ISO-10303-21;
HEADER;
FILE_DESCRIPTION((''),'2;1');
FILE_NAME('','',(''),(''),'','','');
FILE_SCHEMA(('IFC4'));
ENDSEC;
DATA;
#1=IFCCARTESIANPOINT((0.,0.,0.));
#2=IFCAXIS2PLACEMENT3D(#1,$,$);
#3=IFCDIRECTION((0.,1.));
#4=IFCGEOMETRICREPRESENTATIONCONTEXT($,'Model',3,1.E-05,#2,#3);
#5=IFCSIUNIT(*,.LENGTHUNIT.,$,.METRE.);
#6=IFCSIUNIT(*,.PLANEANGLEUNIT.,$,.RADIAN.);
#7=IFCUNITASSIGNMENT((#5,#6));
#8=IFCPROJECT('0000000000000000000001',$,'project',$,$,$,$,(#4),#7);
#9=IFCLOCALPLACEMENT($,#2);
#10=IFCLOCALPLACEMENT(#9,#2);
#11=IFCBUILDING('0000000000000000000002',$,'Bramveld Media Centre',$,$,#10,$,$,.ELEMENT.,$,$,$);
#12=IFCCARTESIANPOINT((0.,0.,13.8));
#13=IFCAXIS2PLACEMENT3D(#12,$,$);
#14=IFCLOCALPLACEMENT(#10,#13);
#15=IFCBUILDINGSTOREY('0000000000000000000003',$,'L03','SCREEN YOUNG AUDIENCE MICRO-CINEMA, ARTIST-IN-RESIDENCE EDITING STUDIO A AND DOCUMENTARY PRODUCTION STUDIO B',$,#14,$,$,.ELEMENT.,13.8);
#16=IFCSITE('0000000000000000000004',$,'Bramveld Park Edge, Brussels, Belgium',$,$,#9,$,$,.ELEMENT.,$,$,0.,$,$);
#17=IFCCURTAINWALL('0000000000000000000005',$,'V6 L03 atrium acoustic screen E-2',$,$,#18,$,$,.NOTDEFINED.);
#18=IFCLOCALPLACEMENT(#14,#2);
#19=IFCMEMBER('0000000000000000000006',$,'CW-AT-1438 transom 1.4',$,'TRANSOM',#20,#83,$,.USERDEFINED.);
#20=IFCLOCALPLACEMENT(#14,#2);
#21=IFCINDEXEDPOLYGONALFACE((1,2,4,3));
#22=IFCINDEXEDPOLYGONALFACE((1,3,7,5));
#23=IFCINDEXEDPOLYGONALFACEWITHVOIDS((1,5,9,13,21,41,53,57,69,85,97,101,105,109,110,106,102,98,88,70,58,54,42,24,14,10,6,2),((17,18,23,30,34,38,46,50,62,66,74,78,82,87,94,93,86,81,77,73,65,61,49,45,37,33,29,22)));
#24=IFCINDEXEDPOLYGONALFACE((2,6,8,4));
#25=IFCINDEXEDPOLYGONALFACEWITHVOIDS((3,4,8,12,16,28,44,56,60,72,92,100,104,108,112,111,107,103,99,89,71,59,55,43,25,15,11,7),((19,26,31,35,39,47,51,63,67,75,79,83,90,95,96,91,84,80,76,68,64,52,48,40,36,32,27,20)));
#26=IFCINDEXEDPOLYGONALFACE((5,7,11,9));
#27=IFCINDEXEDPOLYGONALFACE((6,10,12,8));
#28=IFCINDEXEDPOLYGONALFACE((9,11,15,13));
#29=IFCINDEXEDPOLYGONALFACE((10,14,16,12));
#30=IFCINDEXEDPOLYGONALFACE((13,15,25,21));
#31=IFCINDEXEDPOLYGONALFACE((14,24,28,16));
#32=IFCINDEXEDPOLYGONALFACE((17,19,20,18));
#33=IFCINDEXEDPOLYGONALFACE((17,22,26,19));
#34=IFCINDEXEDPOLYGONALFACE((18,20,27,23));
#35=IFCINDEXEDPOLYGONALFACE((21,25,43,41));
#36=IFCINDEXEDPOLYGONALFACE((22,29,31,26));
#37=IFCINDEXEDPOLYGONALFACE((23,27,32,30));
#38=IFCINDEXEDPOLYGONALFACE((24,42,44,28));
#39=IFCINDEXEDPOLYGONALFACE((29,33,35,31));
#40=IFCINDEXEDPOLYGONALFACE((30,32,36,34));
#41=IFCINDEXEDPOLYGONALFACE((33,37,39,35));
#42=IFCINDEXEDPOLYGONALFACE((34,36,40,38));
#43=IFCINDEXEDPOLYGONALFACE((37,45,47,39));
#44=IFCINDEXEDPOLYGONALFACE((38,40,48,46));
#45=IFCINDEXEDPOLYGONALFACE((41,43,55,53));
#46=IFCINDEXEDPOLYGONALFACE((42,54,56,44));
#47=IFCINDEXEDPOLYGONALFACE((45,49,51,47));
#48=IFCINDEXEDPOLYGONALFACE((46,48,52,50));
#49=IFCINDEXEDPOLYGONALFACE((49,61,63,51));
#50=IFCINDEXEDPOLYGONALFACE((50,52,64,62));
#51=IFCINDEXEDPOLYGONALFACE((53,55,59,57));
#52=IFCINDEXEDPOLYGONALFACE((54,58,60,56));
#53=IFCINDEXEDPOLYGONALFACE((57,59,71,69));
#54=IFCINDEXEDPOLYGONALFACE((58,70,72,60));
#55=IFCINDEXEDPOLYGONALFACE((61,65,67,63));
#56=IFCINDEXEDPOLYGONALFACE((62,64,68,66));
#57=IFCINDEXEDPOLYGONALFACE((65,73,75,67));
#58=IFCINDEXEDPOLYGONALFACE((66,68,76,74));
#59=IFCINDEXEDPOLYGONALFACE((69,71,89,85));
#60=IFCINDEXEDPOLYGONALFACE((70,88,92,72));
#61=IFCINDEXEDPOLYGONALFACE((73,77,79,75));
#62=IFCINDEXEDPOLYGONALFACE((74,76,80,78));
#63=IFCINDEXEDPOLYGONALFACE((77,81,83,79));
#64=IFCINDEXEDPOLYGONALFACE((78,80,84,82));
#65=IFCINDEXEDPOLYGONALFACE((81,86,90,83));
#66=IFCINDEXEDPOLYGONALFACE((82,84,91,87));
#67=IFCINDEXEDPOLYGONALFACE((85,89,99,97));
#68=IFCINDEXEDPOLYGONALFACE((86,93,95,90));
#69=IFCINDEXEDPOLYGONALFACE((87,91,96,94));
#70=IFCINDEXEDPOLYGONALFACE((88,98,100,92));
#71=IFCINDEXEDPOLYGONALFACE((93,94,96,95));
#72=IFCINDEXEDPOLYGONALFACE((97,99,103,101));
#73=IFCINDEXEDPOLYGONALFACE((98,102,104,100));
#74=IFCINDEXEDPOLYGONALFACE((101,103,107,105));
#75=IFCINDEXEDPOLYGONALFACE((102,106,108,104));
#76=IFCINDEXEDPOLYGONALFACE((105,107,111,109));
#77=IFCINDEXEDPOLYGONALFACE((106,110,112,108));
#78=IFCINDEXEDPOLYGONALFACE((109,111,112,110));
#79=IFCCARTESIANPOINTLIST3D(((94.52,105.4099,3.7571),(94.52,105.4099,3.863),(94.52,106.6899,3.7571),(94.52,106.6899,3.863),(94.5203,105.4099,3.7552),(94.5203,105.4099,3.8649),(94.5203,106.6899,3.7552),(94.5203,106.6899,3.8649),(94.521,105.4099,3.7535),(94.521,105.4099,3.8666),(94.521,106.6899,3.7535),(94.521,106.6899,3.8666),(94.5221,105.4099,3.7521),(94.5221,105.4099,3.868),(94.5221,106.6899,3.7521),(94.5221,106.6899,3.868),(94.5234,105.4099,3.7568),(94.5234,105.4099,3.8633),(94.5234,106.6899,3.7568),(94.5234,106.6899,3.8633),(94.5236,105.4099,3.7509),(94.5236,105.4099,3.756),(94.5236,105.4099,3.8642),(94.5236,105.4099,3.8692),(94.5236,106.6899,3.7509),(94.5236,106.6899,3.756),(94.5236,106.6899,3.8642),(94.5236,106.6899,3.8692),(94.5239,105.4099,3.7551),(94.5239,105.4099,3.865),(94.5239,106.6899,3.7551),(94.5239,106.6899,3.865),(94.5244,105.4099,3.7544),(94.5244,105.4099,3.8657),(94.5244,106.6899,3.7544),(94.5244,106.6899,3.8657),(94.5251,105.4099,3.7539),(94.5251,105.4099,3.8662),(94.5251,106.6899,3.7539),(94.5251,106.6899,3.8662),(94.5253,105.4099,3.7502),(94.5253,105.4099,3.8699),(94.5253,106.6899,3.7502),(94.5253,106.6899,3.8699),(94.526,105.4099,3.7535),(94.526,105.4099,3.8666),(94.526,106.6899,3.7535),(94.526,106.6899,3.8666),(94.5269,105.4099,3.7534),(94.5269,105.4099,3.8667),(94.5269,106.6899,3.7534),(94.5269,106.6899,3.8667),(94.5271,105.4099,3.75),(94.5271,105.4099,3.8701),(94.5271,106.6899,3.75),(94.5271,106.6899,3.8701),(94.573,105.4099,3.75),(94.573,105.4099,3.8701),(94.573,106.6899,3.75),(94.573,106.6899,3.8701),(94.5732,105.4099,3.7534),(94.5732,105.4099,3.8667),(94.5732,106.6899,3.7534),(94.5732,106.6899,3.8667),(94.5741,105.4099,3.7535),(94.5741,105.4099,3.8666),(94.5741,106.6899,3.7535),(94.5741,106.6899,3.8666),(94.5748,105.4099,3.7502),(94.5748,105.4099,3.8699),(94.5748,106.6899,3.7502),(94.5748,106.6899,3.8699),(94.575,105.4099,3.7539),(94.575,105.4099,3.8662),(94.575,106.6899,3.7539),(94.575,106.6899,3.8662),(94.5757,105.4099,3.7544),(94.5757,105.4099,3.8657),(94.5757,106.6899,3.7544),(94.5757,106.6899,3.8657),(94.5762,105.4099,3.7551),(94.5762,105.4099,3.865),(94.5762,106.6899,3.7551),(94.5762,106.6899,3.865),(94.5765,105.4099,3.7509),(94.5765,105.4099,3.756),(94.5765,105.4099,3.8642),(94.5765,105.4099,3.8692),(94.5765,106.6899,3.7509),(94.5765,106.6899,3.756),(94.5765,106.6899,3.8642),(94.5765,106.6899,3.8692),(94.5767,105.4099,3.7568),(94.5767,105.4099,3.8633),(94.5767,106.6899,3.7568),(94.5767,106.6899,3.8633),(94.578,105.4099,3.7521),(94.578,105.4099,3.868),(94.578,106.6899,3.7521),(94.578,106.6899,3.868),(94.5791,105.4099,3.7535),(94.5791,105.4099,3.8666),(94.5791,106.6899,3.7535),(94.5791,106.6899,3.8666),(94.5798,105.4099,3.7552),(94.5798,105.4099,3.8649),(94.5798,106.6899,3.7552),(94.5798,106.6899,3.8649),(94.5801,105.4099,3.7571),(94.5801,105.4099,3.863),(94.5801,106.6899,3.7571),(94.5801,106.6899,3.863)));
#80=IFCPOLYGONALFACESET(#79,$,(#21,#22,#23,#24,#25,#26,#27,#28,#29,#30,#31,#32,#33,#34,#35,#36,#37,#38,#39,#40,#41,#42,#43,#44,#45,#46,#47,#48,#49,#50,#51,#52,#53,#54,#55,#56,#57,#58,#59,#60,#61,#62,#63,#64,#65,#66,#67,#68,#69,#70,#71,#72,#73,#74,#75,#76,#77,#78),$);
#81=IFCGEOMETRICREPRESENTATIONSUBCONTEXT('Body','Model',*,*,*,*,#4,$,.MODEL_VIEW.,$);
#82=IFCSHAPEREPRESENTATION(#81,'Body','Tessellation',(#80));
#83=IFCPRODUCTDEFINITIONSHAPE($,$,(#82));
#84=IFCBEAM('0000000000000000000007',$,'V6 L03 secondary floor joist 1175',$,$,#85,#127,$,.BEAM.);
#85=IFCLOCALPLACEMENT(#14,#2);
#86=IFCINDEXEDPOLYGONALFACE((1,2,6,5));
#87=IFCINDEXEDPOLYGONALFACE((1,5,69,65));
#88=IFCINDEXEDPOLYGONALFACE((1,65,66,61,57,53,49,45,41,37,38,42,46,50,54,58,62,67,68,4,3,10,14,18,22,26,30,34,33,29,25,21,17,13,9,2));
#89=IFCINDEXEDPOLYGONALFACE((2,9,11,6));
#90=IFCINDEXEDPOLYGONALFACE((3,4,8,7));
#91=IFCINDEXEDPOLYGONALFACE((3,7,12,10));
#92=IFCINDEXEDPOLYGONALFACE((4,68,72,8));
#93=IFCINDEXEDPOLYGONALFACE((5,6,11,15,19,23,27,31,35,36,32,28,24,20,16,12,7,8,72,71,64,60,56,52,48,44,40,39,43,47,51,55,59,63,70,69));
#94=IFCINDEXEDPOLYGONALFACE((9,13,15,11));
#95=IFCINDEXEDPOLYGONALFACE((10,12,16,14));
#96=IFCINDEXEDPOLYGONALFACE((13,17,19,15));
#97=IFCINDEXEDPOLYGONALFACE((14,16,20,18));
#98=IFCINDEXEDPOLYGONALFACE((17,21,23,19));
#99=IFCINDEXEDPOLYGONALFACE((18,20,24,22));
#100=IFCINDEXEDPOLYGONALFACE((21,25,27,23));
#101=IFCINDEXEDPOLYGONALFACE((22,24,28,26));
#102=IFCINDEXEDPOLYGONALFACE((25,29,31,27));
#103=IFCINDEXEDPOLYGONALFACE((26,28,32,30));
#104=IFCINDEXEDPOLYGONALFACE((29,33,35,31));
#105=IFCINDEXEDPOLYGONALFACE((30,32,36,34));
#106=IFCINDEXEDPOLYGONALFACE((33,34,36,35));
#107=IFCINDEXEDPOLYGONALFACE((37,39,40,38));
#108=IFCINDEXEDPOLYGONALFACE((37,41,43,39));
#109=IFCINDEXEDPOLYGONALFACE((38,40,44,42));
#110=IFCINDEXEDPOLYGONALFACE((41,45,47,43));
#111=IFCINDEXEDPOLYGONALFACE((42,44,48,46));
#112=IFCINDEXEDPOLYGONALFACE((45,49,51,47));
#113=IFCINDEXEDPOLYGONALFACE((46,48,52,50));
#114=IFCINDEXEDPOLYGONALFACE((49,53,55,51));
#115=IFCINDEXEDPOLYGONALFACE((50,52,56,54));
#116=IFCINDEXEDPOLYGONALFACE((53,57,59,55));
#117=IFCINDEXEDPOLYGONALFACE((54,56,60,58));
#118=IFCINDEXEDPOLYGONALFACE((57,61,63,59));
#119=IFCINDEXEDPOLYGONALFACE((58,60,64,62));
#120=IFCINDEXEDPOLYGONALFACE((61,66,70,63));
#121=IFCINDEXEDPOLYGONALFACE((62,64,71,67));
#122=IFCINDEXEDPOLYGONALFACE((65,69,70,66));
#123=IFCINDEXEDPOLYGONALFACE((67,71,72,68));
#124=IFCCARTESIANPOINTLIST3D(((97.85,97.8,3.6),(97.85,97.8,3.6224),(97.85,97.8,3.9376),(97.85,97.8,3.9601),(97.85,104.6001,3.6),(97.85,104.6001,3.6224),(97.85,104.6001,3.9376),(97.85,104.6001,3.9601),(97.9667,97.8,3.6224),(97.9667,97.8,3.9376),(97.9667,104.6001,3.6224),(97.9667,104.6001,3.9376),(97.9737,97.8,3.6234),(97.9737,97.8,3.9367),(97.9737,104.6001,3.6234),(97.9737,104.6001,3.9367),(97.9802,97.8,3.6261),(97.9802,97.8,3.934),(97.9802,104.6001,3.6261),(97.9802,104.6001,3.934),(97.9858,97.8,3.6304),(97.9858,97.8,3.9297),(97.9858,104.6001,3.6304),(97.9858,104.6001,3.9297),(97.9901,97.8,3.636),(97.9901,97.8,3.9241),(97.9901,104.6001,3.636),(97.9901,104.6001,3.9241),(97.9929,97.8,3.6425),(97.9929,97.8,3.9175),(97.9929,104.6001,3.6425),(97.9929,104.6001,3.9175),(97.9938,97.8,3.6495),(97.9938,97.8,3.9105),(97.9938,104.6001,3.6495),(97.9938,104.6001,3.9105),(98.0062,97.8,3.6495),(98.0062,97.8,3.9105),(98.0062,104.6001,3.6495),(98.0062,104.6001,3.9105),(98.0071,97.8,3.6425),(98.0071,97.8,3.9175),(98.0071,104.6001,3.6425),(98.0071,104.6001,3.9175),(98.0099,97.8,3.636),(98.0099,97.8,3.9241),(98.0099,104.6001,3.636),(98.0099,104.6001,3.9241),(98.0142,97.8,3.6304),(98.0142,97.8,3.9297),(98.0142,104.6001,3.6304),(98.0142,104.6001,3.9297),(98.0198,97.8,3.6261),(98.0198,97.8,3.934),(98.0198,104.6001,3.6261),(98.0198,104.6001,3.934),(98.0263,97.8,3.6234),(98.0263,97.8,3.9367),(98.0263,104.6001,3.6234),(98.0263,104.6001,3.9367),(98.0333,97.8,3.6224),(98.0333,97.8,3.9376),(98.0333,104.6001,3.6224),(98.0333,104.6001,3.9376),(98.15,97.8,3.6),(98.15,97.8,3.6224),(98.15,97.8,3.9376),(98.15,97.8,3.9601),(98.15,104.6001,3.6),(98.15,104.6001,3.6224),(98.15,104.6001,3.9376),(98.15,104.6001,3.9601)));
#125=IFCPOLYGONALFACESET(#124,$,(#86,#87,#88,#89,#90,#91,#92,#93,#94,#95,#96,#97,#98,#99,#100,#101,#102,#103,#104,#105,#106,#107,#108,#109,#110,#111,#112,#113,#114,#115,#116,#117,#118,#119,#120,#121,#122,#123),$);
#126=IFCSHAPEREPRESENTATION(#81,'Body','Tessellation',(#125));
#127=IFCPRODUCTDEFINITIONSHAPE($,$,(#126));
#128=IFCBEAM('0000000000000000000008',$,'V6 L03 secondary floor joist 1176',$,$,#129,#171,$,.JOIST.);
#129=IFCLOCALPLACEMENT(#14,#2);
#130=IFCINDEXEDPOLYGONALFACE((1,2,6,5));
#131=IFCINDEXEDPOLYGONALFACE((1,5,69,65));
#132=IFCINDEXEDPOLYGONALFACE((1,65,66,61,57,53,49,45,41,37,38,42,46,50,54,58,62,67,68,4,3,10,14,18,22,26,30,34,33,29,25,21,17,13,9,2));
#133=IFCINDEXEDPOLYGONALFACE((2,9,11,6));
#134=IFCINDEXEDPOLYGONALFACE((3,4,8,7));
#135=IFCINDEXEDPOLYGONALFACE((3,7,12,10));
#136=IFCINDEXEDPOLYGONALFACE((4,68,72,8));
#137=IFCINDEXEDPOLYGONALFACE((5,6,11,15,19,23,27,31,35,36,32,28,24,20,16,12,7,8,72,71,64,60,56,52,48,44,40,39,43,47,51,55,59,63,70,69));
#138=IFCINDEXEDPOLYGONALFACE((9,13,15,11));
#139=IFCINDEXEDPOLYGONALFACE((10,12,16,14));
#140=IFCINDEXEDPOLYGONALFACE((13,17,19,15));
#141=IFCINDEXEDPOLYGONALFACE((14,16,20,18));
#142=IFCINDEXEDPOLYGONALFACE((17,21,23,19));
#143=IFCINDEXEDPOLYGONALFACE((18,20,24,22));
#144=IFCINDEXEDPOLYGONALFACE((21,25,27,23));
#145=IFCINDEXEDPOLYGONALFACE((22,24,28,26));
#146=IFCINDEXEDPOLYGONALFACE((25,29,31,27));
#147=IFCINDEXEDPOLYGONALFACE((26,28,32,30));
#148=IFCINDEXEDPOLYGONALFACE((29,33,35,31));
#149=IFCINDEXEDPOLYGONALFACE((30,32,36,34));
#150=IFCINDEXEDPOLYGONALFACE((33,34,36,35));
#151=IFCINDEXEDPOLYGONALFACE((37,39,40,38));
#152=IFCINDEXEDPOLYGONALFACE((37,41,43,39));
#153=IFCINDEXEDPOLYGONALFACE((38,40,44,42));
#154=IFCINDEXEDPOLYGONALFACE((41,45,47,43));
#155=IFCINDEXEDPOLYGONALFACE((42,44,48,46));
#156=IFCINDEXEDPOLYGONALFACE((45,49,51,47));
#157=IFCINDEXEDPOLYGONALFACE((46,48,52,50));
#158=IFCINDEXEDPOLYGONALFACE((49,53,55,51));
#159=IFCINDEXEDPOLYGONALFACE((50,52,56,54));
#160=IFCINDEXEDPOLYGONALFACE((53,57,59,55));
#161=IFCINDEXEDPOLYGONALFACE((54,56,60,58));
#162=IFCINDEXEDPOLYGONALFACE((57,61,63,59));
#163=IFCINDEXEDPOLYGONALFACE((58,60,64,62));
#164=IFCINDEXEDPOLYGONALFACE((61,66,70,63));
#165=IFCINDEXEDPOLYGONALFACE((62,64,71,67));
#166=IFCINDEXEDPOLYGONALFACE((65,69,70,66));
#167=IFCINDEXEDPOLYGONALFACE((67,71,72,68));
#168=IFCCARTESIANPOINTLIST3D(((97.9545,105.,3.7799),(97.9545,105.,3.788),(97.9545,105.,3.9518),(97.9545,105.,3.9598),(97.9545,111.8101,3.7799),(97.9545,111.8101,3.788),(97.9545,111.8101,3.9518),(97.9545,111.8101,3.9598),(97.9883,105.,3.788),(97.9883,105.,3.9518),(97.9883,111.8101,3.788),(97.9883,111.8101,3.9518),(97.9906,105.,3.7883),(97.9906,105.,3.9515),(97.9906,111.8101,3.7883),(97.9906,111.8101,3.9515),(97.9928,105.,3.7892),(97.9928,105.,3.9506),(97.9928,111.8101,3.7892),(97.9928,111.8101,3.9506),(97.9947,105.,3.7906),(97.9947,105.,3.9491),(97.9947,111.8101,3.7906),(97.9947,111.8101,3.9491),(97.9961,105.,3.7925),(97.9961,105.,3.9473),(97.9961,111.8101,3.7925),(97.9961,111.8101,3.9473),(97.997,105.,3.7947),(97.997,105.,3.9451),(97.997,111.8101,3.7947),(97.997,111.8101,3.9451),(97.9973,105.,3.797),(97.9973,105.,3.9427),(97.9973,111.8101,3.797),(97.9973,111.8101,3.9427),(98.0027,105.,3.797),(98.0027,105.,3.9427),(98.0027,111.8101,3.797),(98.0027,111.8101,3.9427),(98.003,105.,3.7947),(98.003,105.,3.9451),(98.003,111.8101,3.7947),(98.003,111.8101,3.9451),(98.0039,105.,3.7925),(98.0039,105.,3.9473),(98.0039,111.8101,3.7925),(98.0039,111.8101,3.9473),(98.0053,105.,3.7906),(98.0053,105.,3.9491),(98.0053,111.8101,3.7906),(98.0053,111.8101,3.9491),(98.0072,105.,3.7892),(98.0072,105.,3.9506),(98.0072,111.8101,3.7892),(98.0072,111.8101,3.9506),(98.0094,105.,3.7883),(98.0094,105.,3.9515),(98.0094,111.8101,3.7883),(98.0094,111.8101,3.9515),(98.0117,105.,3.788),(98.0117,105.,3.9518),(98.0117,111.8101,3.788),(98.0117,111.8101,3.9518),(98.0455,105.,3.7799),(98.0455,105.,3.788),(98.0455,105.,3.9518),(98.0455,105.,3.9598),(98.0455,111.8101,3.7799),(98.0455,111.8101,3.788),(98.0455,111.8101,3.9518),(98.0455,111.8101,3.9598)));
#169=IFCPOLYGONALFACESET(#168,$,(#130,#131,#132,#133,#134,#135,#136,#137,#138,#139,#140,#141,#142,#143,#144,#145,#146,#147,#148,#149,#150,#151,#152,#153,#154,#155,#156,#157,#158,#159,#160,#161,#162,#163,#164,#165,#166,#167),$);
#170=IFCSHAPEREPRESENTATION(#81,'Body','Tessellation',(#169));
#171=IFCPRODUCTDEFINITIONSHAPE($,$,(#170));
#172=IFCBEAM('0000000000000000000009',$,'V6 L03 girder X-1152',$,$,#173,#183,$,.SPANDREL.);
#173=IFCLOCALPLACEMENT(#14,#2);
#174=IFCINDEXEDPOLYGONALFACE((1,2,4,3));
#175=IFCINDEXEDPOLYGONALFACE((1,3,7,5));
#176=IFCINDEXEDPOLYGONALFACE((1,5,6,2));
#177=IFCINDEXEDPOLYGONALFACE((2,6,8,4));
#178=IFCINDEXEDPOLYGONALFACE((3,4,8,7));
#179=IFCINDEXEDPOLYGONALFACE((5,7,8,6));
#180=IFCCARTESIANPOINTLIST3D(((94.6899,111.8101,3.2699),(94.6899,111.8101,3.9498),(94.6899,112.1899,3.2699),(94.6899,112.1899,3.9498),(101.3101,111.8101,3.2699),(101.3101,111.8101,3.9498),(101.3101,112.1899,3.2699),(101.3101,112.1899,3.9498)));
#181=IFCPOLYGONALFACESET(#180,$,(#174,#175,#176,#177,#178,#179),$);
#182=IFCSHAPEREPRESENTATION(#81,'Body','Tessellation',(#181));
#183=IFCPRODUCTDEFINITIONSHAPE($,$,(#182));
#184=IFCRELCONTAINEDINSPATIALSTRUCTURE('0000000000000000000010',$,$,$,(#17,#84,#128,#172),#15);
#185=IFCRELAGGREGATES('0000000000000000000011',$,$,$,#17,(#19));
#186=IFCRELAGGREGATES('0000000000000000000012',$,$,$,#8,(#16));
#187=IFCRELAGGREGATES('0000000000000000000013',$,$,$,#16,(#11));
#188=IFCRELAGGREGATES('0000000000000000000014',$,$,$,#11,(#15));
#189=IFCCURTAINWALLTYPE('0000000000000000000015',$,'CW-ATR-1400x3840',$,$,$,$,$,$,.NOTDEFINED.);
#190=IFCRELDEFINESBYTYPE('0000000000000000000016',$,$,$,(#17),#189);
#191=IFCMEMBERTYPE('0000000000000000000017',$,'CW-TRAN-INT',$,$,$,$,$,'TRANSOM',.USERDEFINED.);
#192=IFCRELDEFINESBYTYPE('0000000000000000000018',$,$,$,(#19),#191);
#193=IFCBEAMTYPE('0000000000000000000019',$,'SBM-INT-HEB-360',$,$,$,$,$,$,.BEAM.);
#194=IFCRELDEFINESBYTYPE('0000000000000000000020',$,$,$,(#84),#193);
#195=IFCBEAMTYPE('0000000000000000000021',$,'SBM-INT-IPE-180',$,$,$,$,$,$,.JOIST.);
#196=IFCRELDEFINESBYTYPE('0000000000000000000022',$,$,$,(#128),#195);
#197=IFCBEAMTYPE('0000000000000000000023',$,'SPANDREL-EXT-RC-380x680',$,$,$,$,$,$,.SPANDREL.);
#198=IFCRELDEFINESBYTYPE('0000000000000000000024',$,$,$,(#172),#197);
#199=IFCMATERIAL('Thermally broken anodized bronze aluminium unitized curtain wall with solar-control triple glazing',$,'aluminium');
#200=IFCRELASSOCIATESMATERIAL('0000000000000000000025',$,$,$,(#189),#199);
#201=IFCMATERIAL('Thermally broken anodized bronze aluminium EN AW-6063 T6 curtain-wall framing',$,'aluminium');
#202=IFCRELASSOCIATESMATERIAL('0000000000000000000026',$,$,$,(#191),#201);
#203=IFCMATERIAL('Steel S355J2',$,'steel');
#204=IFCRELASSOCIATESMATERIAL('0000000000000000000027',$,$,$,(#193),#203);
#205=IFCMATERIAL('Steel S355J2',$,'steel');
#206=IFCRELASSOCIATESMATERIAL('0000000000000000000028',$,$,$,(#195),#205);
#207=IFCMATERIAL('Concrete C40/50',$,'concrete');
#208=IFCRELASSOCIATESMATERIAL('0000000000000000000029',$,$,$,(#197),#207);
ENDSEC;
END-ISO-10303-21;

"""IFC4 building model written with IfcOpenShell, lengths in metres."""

from ifc_helpers import new_model, si_unit, direction, frame, origin, origin_2d, place, context, subcontext, project, spatial, rectangle, hollow_rectangle, i_section, extrude, material, material_profile, profile_set, type_object, element, aggregate, save


model = new_model("IFC4")

# Units and contexts
model_context = context("Model", 3, precision=1e-05, world=origin(), true_north=direction((0.0, 1.0)))
body_context = subcontext(model_context, "Body", "Model", "MODEL_VIEW")
ifc_project = project(units=[si_unit("LENGTHUNIT", "METRE"), si_unit("PLANEANGLEUNIT", "RADIAN")], contexts=[model_context])

# Site, building, storey
site_placement = place(None, origin())
site = spatial("IfcSite", under=ifc_project, at=site_placement, Name="Bramveld Park Edge, Brussels, Belgium", CompositionType="ELEMENT", RefElevation=0.0)
building_placement = place(site_placement, origin())
building = spatial("IfcBuilding", under=site, at=building_placement, Name="Bramveld Media Centre", CompositionType="ELEMENT")
storey_placement = place(building_placement, frame((0.0, 0.0, 13.8)))
storey = spatial("IfcBuildingStorey", under=building, at=storey_placement, Name="L03", Description="SCREEN YOUNG AUDIENCE MICRO-CINEMA, ARTIST-IN-RESIDENCE EDITING STUDIO A AND DOCUMENTARY PRODUCTION STUDIO B", CompositionType="ELEMENT", Elevation=13.8)

# Curtain wall, member
ifc_material_1 = material(Name="Thermally broken anodized bronze aluminium unitized curtain wall with solar-control triple glazing", Category="aluminium")
curtain_wall_type = type_object("IfcCurtainWallType", Name="CW-ATR-1400x3840", PredefinedType="NOTDEFINED", material=ifc_material_1)
curtain_wall_placement = place(storey_placement, origin())
curtain_wall = element("IfcCurtainWall", 1, at=curtain_wall_placement, inside=storey, type_object=curtain_wall_type, Name="V6 L03 atrium acoustic screen E-2", PredefinedType="NOTDEFINED")
ifc_material_2 = material(Name="Thermally broken anodized bronze aluminium EN AW-6063 T6 curtain-wall framing", Category="aluminium")
ifc_material_profile_1 = material_profile(ifc_material_2, hollow_rectangle(XDim=0.0601, YDim=0.1201, WallThickness=0.0034, InnerFilletRadius=0.0034, OuterFilletRadius=0.0071, at=origin_2d()), Name="AL-TRAN 60x120")
ifc_profile_set_1 = profile_set([ifc_material_profile_1], Name="Thermally broken anodized bronze aluminium EN AW-6063 T6 curtain-wall framing")
member_type_1 = type_object("IfcMemberType", Name="CW-TRAN-INT", ElementType="TRANSOM", PredefinedType="USERDEFINED", material=ifc_profile_set_1)
member_1_placement = place(storey_placement, frame((94.55, 105.4099, 3.8101), z_axis=(0.0, 1.0, 0.0), x_axis=(-1.0, 0.0, 0.0)))
member_1 = element("IfcMember", 2, at=member_1_placement, type_object=member_type_1, Name="CW-AT-1438 transom 1.4", ObjectType="TRANSOM", PredefinedType="USERDEFINED", context=body_context, shape_type="SweptSolid", body=[
    extrude(hollow_rectangle(XDim=0.0601, YDim=0.1201, WallThickness=0.0034, InnerFilletRadius=0.0034, OuterFilletRadius=0.0071, at=origin_2d()), origin(), (0.0, 0.0, 1.0), 1.28),
])

# Beams
ifc_material_3 = material(Name="Steel S355J2", Category="steel")
ifc_material_profile_2 = material_profile(ifc_material_3, i_section(OverallWidth=0.3, OverallDepth=0.3601, WebThickness=0.0125, FlangeThickness=0.0225, FilletRadius=0.0271, at=origin_2d()), Name="HEB 360")
ifc_profile_set_2 = profile_set([ifc_material_profile_2], Name="Steel S355J2")
beam_type_1 = type_object("IfcBeamType", Name="SBM-INT-HEB-360", PredefinedType="BEAM", material=ifc_profile_set_2)
beam_1_placement = place(storey_placement, frame((98.0, 97.8, 3.78), z_axis=(0.0, 1.0, 0.0), x_axis=(-1.0, 0.0, 0.0)))
element("IfcBeam", 3, at=beam_1_placement, inside=storey, type_object=beam_type_1, Name="V6 L03 secondary floor joist 1175", PredefinedType="BEAM", context=body_context, shape_type="SweptSolid", body=[
    extrude(i_section(OverallWidth=0.3, OverallDepth=0.3601, WebThickness=0.0125, FlangeThickness=0.0225, FilletRadius=0.0271, at=origin_2d()), origin(), (0.0, 0.0, 1.0), 6.8),
])
ifc_material_4 = material(Name="Steel S355J2", Category="steel")
ifc_material_profile_3 = material_profile(ifc_material_4, i_section(OverallWidth=0.0911, OverallDepth=0.1799, WebThickness=0.0054, FlangeThickness=0.0081, FilletRadius=0.009, at=origin_2d()), Name="IPE 180")
ifc_profile_set_3 = profile_set([ifc_material_profile_3], Name="Steel S355J2")
beam_type_2 = type_object("IfcBeamType", Name="SBM-INT-IPE-180", PredefinedType="JOIST", material=ifc_profile_set_3)
beam_2_placement = place(storey_placement, frame((98.0, 105.0, 3.8699), z_axis=(0.0, 1.0, 0.0), x_axis=(-1.0, 0.0, 0.0)))
element("IfcBeam", 4, at=beam_2_placement, inside=storey, type_object=beam_type_2, Name="V6 L03 secondary floor joist 1176", PredefinedType="JOIST", context=body_context, shape_type="SweptSolid", body=[
    extrude(i_section(OverallWidth=0.0911, OverallDepth=0.1799, WebThickness=0.0054, FlangeThickness=0.0081, FilletRadius=0.009, at=origin_2d()), origin(), (0.0, 0.0, 1.0), 6.8101),
])
ifc_material_5 = material(Name="Concrete C40/50", Category="concrete")
ifc_material_profile_4 = material_profile(ifc_material_5, rectangle(XDim=0.3799, YDim=0.6799, at=origin_2d()), Name="RC 380x680")
ifc_profile_set_4 = profile_set([ifc_material_profile_4], Name="Concrete C40/50")
beam_type_3 = type_object("IfcBeamType", Name="SPANDREL-EXT-RC-380x680", PredefinedType="SPANDREL", material=ifc_profile_set_4)
beam_3_placement = place(storey_placement, frame((94.6899, 112.0, 3.6099), z_axis=(1.0, 0.0, 0.0), x_axis=(0.0, 1.0, 0.0)))
element("IfcBeam", 5, at=beam_3_placement, inside=storey, type_object=beam_type_3, Name="V6 L03 girder X-1152", PredefinedType="SPANDREL", context=body_context, shape_type="SweptSolid", body=[
    extrude(rectangle(XDim=0.3799, YDim=0.6799, at=origin_2d()), origin(), (0.0, 0.0, 1.0), 6.6201),
])

aggregate(curtain_wall, [member_1])

save(model, "model.ifc")
